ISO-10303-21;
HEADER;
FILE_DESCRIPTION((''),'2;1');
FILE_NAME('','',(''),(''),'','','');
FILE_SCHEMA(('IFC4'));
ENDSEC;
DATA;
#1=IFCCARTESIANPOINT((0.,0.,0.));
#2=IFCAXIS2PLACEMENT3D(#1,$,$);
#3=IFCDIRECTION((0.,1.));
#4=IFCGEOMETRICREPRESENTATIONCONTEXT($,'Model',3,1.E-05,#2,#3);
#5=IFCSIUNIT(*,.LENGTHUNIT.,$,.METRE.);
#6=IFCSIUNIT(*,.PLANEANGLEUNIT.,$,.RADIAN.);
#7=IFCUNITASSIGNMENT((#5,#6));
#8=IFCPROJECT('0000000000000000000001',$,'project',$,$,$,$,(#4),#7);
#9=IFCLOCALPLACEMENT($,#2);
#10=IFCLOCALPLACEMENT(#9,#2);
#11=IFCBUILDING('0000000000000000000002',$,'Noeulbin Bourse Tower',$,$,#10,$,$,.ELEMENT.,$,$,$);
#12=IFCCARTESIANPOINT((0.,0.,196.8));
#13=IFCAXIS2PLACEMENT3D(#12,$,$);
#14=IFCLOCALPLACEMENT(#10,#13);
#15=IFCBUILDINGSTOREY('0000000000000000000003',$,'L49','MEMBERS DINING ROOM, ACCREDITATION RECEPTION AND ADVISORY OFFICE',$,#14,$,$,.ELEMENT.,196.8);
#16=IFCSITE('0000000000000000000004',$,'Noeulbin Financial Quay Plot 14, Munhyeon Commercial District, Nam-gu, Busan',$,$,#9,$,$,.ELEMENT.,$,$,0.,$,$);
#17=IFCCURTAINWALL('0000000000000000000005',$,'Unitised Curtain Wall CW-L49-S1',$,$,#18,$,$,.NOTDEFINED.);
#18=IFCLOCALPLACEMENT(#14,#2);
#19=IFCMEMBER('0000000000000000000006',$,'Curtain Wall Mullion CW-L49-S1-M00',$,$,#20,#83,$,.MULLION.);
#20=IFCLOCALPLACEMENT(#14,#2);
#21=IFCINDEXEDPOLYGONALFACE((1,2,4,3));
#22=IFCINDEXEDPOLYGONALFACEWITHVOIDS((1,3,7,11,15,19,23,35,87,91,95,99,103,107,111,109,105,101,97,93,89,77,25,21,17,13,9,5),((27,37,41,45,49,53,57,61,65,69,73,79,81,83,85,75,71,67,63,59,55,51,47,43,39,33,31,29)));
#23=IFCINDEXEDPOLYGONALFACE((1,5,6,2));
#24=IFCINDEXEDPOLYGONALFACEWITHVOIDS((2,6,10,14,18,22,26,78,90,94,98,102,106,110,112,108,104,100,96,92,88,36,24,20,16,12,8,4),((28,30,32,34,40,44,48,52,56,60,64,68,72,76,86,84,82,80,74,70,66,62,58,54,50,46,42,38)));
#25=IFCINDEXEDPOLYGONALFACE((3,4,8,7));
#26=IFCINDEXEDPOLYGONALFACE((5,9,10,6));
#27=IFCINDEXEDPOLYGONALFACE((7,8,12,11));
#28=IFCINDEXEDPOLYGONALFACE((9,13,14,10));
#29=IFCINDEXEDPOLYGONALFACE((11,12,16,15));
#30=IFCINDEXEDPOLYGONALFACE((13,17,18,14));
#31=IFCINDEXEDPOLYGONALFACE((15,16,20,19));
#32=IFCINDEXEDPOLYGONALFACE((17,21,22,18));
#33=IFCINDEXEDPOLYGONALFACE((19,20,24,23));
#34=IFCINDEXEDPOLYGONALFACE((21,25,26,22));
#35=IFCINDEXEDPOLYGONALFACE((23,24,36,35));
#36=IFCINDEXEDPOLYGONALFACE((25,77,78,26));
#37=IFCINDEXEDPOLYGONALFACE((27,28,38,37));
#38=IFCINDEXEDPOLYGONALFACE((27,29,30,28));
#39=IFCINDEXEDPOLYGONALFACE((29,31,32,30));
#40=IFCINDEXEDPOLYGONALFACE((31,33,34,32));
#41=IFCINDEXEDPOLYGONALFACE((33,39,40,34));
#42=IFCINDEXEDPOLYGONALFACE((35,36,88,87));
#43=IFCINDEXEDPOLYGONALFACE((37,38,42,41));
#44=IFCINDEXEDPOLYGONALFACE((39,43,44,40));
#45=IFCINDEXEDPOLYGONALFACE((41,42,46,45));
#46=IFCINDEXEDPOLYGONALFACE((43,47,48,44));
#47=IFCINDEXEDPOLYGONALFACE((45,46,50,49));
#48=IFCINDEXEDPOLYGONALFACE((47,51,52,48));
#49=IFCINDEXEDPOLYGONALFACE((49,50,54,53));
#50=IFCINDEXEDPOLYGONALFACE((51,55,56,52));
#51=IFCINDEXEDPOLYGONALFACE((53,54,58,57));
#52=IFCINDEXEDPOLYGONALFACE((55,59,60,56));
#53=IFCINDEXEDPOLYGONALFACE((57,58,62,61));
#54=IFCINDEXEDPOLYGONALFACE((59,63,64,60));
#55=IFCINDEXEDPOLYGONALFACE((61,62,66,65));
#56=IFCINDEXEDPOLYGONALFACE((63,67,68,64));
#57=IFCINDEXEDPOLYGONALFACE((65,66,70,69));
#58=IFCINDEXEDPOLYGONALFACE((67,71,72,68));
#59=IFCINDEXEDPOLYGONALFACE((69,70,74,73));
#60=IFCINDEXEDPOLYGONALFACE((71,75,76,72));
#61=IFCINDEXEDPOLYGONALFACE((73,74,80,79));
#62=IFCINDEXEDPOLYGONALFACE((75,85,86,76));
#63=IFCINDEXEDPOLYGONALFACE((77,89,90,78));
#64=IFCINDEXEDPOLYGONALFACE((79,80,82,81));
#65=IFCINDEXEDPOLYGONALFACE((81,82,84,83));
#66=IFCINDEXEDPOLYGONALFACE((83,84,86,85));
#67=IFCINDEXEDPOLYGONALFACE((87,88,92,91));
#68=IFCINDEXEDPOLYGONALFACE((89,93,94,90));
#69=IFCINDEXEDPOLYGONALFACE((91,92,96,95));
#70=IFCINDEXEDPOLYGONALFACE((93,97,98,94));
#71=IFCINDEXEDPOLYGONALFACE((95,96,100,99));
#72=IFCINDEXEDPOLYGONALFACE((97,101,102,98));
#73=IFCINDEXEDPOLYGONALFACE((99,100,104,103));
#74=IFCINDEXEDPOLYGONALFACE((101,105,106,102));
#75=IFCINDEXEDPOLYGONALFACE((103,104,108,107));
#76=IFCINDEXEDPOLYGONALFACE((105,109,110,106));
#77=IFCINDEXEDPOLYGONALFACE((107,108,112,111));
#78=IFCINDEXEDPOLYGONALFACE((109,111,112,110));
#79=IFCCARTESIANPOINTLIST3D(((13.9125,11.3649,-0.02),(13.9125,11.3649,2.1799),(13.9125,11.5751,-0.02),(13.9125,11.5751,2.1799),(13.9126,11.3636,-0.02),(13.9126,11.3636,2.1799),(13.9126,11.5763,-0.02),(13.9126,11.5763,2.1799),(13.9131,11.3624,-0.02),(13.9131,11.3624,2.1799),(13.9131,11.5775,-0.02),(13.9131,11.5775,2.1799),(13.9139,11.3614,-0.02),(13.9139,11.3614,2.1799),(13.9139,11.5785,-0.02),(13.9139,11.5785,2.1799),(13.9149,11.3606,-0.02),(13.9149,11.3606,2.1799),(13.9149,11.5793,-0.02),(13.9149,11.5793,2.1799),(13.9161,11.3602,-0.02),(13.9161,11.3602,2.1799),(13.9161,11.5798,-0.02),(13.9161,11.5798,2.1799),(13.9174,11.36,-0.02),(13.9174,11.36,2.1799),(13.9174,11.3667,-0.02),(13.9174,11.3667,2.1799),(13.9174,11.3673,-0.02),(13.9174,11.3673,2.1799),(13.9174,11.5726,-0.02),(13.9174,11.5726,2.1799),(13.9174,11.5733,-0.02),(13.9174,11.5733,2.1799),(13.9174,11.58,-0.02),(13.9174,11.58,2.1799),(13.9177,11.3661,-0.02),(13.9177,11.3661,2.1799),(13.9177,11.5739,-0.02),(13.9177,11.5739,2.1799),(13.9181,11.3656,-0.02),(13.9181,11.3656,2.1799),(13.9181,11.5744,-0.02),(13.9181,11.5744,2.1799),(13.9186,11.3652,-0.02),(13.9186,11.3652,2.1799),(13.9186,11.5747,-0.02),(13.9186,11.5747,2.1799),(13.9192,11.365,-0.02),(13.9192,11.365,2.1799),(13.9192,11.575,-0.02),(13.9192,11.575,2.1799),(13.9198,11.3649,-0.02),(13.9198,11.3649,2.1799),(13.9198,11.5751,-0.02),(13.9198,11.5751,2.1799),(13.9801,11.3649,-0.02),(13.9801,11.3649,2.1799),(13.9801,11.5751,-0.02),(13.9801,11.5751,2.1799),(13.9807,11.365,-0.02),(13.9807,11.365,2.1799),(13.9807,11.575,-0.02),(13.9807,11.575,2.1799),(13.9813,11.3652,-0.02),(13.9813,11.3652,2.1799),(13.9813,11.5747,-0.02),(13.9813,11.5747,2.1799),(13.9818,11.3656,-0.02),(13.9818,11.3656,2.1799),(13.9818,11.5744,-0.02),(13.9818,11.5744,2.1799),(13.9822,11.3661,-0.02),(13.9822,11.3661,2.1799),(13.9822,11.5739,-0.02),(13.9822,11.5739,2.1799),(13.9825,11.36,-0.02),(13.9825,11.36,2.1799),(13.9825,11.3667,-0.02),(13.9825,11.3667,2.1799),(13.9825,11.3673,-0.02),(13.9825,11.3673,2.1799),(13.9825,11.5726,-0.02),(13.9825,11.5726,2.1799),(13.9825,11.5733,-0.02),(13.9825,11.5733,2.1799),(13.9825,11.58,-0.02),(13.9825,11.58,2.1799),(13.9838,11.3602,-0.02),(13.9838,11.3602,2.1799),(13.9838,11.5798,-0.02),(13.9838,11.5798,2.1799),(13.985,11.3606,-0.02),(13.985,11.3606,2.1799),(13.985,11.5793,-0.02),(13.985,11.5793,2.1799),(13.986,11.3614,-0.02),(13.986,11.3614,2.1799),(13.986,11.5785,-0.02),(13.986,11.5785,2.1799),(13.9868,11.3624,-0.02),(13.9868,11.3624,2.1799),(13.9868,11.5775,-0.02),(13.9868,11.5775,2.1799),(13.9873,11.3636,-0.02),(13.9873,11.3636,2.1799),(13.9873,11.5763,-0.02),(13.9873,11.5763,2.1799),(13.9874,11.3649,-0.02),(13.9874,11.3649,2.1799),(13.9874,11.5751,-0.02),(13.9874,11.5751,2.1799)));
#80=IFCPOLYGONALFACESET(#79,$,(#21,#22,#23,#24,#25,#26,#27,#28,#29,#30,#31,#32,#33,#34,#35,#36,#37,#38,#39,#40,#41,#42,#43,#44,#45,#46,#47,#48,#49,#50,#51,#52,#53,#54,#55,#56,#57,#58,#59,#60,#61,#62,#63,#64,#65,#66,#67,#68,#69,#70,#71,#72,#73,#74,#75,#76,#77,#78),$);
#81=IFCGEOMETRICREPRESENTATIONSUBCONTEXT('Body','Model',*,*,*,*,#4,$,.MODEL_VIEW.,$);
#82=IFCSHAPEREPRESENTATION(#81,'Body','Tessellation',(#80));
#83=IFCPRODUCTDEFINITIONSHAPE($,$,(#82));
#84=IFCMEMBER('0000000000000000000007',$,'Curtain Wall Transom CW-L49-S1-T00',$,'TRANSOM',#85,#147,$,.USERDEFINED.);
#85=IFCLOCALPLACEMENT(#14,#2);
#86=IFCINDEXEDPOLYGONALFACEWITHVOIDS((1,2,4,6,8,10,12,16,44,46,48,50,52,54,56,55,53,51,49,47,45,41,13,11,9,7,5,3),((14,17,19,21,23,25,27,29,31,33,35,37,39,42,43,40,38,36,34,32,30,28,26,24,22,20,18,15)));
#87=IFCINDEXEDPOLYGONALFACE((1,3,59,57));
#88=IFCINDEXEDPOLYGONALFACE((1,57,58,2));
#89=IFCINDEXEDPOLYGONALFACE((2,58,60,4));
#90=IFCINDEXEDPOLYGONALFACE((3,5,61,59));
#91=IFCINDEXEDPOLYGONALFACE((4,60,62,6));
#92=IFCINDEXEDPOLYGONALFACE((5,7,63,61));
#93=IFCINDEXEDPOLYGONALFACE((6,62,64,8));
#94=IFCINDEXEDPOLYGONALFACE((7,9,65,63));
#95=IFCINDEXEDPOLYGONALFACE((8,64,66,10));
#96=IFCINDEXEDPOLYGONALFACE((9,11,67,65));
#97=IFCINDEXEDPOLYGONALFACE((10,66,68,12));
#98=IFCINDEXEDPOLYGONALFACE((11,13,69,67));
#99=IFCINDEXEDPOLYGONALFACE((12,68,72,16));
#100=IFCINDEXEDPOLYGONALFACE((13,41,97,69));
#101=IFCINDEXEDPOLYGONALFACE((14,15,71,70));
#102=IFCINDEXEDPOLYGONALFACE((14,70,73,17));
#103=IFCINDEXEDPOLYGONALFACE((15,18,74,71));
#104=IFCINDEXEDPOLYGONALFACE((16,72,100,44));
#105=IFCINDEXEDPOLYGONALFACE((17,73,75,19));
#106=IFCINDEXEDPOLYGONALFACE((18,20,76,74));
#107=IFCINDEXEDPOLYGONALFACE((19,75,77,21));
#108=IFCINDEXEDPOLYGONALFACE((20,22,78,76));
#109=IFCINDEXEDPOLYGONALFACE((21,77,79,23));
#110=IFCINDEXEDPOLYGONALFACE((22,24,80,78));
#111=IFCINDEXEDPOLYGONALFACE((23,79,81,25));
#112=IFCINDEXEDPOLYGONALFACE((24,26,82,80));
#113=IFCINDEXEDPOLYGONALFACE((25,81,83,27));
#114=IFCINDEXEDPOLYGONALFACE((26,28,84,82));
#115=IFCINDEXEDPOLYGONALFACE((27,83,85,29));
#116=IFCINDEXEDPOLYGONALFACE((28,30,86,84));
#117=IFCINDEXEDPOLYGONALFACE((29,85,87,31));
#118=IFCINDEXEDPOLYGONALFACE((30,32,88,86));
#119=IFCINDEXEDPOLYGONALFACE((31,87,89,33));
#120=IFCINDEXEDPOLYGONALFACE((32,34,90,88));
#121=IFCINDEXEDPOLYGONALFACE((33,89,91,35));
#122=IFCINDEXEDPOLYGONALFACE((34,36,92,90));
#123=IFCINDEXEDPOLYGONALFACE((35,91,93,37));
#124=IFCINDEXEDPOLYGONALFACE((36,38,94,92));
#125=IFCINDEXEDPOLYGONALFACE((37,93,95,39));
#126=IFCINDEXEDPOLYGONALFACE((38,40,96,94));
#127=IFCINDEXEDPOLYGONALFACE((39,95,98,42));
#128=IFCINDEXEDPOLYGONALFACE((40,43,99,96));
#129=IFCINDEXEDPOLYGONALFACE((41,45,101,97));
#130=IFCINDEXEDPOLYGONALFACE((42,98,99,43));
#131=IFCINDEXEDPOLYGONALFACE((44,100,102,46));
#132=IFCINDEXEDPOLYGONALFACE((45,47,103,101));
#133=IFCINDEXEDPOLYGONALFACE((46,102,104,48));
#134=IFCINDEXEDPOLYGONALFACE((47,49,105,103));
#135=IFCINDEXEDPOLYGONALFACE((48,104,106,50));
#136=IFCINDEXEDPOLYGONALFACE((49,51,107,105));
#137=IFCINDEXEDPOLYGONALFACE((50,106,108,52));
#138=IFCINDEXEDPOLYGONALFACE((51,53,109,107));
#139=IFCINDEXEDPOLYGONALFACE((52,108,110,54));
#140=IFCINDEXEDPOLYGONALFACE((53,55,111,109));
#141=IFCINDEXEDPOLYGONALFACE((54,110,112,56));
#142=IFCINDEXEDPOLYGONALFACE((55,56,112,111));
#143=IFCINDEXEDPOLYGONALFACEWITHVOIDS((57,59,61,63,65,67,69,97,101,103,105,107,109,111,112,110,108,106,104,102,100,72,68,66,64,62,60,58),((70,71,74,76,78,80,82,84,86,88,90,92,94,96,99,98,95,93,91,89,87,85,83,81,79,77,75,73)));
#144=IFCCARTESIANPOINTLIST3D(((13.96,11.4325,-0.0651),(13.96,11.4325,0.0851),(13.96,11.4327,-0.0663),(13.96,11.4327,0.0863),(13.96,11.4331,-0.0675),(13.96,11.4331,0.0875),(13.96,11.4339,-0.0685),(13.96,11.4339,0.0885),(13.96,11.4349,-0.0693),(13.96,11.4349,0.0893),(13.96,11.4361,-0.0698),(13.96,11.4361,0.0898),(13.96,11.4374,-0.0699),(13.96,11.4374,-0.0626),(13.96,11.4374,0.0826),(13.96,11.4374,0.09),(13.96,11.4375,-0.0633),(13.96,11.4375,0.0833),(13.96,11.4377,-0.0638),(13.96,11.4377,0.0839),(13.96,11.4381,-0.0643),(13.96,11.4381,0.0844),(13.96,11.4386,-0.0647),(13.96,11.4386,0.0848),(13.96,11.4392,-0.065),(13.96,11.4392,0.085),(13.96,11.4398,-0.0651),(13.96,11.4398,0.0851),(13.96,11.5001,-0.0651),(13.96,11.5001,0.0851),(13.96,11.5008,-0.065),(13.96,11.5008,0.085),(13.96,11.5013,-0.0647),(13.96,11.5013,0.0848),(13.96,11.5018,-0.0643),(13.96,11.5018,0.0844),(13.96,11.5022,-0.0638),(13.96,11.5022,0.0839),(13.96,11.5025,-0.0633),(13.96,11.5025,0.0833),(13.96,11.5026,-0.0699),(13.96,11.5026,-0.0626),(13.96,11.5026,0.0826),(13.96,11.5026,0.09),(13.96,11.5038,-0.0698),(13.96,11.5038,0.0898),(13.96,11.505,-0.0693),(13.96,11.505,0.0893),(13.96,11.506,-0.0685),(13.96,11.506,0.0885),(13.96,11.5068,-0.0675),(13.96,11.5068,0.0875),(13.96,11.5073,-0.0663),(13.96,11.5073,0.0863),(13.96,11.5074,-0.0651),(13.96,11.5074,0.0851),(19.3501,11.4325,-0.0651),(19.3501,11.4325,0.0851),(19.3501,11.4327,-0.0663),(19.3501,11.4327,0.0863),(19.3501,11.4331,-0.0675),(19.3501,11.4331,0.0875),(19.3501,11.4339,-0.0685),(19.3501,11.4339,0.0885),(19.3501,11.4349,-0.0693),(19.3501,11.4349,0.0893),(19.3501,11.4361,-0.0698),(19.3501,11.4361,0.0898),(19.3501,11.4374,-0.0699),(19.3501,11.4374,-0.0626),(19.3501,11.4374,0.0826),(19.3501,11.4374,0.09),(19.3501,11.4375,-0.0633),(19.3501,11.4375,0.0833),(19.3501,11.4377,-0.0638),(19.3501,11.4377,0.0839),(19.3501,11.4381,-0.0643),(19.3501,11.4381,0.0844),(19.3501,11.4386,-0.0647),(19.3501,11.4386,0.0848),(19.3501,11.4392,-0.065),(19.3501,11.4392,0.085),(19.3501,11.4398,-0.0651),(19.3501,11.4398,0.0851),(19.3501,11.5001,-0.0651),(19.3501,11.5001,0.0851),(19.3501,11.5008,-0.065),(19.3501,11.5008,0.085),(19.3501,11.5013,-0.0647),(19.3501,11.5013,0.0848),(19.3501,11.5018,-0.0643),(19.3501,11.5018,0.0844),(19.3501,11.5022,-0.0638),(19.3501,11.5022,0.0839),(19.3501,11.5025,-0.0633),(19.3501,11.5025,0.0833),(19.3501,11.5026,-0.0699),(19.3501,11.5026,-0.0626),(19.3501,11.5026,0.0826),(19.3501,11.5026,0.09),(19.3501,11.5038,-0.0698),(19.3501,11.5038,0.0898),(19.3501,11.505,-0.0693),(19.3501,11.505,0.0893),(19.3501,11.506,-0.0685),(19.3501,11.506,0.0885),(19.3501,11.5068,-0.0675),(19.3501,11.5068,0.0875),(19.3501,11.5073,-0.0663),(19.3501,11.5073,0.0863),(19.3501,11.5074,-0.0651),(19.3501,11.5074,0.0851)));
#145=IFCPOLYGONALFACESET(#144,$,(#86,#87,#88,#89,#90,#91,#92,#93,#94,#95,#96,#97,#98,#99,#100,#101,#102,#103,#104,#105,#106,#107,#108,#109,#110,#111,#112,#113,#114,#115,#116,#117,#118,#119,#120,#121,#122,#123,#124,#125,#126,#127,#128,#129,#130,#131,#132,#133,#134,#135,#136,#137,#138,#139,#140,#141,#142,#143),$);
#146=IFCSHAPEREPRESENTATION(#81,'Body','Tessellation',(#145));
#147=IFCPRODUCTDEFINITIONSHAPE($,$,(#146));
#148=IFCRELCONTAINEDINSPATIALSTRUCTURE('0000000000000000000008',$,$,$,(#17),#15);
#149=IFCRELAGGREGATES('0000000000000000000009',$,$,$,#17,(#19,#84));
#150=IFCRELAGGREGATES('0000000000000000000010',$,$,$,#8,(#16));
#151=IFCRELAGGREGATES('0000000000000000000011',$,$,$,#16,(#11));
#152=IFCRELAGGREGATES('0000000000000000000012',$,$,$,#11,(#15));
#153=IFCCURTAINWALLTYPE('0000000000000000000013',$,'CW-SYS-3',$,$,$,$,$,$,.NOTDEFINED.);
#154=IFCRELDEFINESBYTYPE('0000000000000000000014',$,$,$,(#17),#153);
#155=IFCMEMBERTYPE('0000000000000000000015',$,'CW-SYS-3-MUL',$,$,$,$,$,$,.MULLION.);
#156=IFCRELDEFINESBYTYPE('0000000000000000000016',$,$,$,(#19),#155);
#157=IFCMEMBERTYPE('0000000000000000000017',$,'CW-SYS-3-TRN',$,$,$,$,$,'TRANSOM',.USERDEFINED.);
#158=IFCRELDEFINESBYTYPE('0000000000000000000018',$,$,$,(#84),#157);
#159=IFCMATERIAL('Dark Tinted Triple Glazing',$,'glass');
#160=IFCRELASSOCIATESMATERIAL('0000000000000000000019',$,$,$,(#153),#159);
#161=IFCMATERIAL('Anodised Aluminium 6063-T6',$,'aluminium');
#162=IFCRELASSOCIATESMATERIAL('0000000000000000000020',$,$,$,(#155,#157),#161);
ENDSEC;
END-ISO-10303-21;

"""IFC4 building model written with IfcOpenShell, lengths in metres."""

from ifc_helpers import new_model, si_unit, direction, frame, origin, origin_2d, place, context, subcontext, project, spatial, hollow_rectangle, extrude, material, material_profile, profile_set, type_object, element, aggregate, save


model = new_model("IFC4")

# Units and contexts
model_context = context("Model", 3, precision=1e-05, world=origin(), true_north=direction((0.0, 1.0)))
body_context = subcontext(model_context, "Body", "Model", "MODEL_VIEW")
ifc_project = project(units=[si_unit("LENGTHUNIT", "METRE"), si_unit("PLANEANGLEUNIT", "RADIAN")], contexts=[model_context])

# Site, building, storey
site_placement = place(None, origin())
site = spatial("IfcSite", under=ifc_project, at=site_placement, Name="Noeulbin Financial Quay Plot 14, Munhyeon Commercial District, Nam-gu, Busan", CompositionType="ELEMENT", RefElevation=0.0)
building_placement = place(site_placement, origin())
building = spatial("IfcBuilding", under=site, at=building_placement, Name="Noeulbin Bourse Tower", CompositionType="ELEMENT")
storey_placement = place(building_placement, frame((0.0, 0.0, 196.8)))
storey = spatial("IfcBuildingStorey", under=building, at=storey_placement, Name="L49", Description="MEMBERS DINING ROOM, ACCREDITATION RECEPTION AND ADVISORY OFFICE", CompositionType="ELEMENT", Elevation=196.8)

# Curtain wall, members
ifc_material_1 = material(Name="Dark Tinted Triple Glazing", Category="glass")
curtain_wall_type = type_object("IfcCurtainWallType", Name="CW-SYS-3", PredefinedType="NOTDEFINED", material=ifc_material_1)
curtain_wall_placement = place(storey_placement, origin())
curtain_wall = element("IfcCurtainWall", 1, at=curtain_wall_placement, inside=storey, type_object=curtain_wall_type, Name="Unitised Curtain Wall CW-L49-S1", PredefinedType="NOTDEFINED")
ifc_material_2 = material(Name="Anodised Aluminium 6063-T6", Category="aluminium")
ifc_material_profile_1 = material_profile(ifc_material_2, hollow_rectangle(XDim=0.075, YDim=0.22, WallThickness=0.0049, InnerFilletRadius=0.0024, OuterFilletRadius=0.0049, at=origin_2d()), Name="ALU-MULL-75x220x5", Category="LoadBearing")
ifc_profile_set_1 = profile_set([ifc_material_profile_1], Name="Anodised Aluminium 6063-T6")
member_type_1 = type_object("IfcMemberType", Name="CW-SYS-3-MUL", PredefinedType="MULLION", material=ifc_profile_set_1)
member_1_placement = place(storey_placement, frame((13.95, 11.47, -0.02), z_axis=(0.0, 0.0, 1.0), x_axis=(1.0, 0.0, 0.0)))
member_1 = element("IfcMember", 2, at=member_1_placement, type_object=member_type_1, Name="Curtain Wall Mullion CW-L49-S1-M00", PredefinedType="MULLION", context=body_context, shape_type="SweptSolid", body=[
    extrude(hollow_rectangle(XDim=0.075, YDim=0.22, WallThickness=0.0049, InnerFilletRadius=0.0024, OuterFilletRadius=0.0049, at=origin_2d()), origin(), (0.0, 0.0, 1.0), 2.2),
])
ifc_material_profile_2 = material_profile(ifc_material_2, hollow_rectangle(XDim=0.075, YDim=0.1599, WallThickness=0.0049, InnerFilletRadius=0.0024, OuterFilletRadius=0.0049, at=origin_2d()), Name="ALU-TRAN-75x160x5", Category="LoadBearing")
ifc_profile_set_2 = profile_set([ifc_material_profile_2], Name="Anodised Aluminium 6063-T6")
member_type_2 = type_object("IfcMemberType", Name="CW-SYS-3-TRN", ElementType="TRANSOM", PredefinedType="USERDEFINED", material=ifc_profile_set_2)
member_2_placement = place(storey_placement, frame((13.96, 11.47, 0.01), z_axis=(1.0, 0.0, 0.0), x_axis=(0.0, 1.0, 0.0)))
member_2 = element("IfcMember", 3, at=member_2_placement, type_object=member_type_2, Name="Curtain Wall Transom CW-L49-S1-T00", ObjectType="TRANSOM", PredefinedType="USERDEFINED", context=body_context, shape_type="SweptSolid", body=[
    extrude(hollow_rectangle(XDim=0.075, YDim=0.1599, WallThickness=0.0049, InnerFilletRadius=0.0024, OuterFilletRadius=0.0049, at=origin_2d()), origin(), (0.0, 0.0, 1.0), 5.3901),
])
aggregate(curtain_wall, [member_1, member_2])

save(model, "model.ifc")
